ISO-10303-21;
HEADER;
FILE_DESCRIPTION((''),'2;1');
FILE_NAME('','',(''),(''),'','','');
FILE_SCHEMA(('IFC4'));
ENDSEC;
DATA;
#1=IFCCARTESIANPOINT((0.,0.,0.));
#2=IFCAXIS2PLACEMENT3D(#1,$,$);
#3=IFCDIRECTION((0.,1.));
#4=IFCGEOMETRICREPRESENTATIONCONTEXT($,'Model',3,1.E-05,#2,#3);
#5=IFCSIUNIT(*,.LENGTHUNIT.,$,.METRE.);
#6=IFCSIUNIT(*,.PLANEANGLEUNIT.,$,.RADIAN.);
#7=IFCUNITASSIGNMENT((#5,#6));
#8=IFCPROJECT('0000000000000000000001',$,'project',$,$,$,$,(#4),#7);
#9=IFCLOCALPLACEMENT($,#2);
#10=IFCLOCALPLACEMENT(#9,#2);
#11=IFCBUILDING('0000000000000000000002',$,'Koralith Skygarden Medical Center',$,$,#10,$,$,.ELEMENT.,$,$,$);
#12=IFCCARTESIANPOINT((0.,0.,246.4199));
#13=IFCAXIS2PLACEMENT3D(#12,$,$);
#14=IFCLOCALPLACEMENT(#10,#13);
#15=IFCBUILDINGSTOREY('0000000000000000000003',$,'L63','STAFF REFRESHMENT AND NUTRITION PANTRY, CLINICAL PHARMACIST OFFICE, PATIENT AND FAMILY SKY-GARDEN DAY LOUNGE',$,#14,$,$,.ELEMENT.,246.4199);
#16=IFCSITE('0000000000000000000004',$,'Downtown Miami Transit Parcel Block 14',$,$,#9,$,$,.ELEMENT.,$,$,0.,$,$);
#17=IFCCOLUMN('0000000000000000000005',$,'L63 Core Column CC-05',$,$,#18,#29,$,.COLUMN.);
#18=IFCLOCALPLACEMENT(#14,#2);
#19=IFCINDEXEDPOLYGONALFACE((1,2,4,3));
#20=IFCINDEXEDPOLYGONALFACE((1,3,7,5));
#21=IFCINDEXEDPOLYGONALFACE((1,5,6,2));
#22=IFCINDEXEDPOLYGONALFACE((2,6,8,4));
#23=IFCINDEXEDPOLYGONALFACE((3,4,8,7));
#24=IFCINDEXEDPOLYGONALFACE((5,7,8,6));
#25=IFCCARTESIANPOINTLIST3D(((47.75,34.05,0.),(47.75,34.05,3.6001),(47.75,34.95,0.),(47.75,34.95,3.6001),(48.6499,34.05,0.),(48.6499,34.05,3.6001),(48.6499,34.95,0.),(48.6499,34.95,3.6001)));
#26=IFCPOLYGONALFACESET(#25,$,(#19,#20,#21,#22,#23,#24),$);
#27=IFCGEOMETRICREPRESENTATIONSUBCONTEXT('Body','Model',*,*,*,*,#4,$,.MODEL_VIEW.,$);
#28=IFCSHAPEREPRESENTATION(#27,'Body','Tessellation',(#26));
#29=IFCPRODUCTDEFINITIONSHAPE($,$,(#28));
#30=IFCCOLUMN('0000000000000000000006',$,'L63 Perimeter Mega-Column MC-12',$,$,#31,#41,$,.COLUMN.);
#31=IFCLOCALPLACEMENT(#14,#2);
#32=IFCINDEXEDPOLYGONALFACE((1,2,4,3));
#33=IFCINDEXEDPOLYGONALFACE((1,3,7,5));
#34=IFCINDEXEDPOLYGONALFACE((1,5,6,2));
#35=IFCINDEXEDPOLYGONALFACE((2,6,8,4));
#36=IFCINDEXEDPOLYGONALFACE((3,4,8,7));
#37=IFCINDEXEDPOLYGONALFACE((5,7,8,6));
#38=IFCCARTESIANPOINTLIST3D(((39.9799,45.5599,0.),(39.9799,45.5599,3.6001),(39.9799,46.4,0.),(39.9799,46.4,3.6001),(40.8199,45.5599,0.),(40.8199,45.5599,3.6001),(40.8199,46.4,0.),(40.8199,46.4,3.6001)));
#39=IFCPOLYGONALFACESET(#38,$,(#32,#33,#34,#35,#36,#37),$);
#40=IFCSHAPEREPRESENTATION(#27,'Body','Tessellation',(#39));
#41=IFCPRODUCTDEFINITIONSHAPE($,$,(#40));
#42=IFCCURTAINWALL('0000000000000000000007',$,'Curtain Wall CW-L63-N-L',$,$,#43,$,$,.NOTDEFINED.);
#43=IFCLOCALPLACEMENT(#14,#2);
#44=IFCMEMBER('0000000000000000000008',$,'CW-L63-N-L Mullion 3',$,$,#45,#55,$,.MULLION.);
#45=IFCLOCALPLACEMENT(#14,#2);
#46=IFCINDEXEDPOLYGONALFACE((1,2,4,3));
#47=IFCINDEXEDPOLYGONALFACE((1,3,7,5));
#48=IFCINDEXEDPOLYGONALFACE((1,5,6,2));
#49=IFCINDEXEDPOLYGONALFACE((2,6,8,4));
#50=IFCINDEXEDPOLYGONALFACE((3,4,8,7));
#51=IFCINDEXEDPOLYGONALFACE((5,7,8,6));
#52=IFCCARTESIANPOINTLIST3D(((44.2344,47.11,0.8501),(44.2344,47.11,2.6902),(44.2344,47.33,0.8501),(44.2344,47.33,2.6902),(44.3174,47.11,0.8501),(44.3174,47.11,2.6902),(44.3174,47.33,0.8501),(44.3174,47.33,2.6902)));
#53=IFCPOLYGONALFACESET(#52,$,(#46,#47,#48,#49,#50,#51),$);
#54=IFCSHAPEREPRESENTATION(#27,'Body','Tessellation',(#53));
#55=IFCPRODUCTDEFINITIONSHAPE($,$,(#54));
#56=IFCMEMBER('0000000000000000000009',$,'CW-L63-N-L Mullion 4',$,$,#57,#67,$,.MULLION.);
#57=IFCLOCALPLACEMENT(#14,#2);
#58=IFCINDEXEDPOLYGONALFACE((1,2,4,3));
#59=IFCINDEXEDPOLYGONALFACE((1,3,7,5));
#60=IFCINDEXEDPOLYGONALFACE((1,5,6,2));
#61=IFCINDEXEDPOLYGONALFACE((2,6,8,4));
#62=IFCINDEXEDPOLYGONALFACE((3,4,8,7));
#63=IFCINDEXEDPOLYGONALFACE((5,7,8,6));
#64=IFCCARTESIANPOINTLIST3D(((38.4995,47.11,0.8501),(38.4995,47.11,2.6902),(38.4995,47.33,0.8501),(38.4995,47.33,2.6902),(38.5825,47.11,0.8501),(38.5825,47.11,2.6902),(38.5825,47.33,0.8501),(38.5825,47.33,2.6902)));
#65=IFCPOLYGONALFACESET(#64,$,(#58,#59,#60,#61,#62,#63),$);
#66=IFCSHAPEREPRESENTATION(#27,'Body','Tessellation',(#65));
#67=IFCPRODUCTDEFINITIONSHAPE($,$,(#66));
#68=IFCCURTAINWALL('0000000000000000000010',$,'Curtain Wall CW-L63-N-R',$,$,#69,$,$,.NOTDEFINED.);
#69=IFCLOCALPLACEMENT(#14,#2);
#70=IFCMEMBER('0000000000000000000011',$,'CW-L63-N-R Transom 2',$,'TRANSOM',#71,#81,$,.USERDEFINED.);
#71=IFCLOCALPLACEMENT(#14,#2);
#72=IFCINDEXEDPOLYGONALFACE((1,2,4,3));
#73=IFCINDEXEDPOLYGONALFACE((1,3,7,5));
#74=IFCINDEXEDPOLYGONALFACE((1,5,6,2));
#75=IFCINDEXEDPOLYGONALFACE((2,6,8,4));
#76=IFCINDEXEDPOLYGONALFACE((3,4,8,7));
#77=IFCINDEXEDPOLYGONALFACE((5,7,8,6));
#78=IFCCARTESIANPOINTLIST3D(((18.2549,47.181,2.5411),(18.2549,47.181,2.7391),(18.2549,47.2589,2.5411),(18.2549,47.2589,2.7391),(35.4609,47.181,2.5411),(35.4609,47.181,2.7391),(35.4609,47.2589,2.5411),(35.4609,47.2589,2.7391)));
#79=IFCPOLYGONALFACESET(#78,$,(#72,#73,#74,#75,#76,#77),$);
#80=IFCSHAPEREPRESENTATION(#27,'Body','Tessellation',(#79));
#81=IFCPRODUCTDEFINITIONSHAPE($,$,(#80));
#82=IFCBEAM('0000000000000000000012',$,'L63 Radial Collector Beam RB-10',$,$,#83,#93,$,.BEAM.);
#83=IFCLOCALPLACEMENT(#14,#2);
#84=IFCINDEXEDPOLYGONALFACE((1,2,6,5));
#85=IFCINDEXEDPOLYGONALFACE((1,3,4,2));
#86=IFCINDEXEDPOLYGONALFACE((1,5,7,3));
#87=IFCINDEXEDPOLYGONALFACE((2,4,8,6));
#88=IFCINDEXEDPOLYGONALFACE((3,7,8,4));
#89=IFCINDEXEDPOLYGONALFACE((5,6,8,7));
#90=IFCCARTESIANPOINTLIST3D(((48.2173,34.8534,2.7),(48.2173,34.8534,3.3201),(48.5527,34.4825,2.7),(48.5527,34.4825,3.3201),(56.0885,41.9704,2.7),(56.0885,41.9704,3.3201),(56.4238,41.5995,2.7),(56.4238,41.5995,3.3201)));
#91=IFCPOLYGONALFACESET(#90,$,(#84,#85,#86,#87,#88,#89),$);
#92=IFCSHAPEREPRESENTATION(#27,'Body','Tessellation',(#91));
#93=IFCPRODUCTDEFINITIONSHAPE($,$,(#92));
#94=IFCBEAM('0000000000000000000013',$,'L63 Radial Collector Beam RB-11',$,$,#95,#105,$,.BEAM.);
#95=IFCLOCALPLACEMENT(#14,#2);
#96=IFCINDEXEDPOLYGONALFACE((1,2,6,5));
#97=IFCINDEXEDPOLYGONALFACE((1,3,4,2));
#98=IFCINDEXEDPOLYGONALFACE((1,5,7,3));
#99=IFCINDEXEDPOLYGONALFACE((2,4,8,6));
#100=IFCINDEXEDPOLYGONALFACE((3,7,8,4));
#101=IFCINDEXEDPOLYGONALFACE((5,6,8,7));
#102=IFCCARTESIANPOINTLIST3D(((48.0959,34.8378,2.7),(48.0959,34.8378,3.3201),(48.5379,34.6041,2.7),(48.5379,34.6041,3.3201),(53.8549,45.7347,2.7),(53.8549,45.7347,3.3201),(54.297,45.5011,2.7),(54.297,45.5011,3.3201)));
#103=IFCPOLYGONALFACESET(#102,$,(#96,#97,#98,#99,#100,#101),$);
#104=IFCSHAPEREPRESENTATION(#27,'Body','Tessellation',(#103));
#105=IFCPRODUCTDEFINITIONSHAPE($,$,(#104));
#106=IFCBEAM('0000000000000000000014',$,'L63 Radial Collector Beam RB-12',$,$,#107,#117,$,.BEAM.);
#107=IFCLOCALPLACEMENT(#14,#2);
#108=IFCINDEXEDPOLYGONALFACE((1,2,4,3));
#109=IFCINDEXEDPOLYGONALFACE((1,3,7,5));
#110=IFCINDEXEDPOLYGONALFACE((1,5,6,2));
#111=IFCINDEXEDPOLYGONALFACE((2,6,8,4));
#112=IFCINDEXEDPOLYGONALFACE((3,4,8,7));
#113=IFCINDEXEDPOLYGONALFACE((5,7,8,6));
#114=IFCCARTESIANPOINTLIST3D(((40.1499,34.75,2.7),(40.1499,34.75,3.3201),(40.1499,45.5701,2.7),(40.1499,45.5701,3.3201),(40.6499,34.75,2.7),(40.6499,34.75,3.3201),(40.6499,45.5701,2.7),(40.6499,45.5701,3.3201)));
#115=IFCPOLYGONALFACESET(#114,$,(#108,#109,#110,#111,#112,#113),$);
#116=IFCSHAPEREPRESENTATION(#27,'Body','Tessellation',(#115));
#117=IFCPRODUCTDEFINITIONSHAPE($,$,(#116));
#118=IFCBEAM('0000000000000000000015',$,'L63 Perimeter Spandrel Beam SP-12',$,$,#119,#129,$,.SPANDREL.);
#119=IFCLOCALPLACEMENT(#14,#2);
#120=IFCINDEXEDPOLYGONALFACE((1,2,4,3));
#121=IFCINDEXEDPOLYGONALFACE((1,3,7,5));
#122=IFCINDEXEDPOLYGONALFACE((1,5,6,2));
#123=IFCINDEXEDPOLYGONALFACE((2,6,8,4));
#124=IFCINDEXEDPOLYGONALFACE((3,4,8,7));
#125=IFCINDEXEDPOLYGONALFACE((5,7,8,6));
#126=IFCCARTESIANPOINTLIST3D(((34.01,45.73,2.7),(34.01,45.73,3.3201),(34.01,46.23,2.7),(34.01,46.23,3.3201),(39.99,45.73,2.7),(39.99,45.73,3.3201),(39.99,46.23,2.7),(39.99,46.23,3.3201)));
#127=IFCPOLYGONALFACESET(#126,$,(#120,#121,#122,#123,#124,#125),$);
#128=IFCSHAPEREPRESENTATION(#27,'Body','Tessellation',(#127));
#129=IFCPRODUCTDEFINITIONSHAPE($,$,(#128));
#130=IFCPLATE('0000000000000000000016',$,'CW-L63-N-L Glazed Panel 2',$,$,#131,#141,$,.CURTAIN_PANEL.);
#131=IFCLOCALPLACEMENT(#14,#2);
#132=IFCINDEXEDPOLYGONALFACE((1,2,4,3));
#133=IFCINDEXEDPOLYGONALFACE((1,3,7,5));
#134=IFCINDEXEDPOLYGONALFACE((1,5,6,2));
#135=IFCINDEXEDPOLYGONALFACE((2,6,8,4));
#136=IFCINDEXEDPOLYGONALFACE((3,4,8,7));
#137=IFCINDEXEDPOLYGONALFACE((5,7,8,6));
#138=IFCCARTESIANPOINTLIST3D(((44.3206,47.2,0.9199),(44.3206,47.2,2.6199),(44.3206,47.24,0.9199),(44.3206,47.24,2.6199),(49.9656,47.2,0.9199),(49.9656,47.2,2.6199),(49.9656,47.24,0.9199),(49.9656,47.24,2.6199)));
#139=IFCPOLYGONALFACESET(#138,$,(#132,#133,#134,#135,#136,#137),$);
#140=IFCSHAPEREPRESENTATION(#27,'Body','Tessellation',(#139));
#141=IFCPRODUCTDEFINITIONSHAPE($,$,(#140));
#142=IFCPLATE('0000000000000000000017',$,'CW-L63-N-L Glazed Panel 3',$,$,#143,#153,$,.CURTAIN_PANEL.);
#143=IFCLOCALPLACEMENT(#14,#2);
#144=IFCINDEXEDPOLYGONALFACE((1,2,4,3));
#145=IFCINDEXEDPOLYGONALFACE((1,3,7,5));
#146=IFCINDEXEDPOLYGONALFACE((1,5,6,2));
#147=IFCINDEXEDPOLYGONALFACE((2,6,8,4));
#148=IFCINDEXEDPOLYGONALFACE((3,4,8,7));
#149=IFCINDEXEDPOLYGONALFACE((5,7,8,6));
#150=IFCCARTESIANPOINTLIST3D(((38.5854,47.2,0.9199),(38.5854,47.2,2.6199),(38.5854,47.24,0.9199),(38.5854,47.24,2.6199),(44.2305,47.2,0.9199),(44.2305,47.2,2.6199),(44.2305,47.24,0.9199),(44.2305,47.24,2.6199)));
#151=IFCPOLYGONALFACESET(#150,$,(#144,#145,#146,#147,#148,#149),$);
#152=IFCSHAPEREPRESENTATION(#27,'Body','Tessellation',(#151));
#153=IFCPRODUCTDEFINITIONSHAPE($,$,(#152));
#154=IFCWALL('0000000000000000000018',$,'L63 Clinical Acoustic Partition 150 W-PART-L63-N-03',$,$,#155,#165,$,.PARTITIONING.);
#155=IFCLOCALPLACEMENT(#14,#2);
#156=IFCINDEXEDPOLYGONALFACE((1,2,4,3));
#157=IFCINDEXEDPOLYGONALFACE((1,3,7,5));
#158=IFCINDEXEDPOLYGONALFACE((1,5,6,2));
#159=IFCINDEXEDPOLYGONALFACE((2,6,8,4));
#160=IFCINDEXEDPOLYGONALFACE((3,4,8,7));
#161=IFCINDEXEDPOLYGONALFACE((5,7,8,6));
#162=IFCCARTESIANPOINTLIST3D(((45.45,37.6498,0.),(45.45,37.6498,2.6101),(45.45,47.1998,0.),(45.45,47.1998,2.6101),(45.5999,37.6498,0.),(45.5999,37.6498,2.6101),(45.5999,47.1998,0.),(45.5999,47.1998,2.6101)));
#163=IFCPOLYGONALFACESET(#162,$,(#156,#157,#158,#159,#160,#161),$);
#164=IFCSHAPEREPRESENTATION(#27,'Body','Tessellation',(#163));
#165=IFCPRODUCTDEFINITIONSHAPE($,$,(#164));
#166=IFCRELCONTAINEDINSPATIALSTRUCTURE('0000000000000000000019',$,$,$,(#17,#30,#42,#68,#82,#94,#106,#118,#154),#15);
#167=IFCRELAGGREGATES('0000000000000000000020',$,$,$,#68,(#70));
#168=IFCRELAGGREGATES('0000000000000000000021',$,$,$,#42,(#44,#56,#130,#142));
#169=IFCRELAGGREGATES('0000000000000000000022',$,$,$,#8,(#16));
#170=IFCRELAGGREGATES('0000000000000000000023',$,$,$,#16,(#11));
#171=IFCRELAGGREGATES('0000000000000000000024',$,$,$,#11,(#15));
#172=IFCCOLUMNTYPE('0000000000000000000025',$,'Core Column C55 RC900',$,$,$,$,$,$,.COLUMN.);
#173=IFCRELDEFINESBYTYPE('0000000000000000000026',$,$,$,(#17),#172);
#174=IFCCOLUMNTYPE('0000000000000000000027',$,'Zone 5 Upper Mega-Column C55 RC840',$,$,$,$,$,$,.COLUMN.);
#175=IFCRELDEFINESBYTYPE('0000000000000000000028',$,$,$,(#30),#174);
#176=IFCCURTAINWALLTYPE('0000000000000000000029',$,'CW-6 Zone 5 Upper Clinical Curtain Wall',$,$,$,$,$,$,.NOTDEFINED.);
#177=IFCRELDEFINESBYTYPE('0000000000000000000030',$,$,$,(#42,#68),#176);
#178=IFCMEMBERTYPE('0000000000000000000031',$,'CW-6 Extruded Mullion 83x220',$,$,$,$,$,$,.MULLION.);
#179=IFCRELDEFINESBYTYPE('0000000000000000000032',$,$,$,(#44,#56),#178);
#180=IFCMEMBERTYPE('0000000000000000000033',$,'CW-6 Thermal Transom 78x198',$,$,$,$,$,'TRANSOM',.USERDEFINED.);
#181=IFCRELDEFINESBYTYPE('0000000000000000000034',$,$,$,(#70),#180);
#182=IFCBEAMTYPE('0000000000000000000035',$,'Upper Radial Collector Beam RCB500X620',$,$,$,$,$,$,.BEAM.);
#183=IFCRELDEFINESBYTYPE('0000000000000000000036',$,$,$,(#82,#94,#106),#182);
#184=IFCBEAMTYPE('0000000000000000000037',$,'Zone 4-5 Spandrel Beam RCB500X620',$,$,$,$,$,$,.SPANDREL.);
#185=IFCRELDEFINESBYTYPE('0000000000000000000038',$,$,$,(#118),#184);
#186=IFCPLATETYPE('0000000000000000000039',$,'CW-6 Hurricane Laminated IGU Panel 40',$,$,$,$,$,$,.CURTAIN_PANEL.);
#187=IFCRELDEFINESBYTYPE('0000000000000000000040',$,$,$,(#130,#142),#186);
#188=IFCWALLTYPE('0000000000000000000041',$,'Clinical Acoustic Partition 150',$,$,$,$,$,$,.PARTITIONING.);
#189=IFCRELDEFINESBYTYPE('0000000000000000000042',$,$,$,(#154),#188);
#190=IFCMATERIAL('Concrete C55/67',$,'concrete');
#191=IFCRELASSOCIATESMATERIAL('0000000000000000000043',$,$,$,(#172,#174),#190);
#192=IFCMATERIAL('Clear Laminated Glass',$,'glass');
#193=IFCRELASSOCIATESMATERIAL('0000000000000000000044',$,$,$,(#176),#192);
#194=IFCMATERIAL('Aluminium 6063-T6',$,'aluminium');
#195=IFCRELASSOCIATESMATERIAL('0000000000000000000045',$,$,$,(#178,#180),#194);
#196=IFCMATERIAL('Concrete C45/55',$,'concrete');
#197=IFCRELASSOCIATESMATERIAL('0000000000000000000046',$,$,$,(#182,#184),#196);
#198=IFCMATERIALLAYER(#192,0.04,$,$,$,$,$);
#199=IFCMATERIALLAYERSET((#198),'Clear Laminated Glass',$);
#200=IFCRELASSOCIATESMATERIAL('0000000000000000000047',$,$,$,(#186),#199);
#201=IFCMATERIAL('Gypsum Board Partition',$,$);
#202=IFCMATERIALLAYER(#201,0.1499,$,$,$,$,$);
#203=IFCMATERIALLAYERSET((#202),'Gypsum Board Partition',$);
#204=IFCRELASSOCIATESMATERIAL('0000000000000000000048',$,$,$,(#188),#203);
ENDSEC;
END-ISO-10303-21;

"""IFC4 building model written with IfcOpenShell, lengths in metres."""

from ifc_helpers import new_model, si_unit, direction, frame, frame_2d, origin, origin_2d, place, context, subcontext, project, spatial, rectangle, extrude, material, layer, layer_set, material_profile, profile_set, type_object, element, aggregate, save


model = new_model("IFC4")

# Units and contexts
model_context = context("Model", 3, precision=1e-05, world=origin(), true_north=direction((0.0, 1.0)))
body_context = subcontext(model_context, "Body", "Model", "MODEL_VIEW")
ifc_project = project(units=[si_unit("LENGTHUNIT", "METRE"), si_unit("PLANEANGLEUNIT", "RADIAN")], contexts=[model_context])

# Site, building, storey
site_placement = place(None, origin())
site = spatial("IfcSite", under=ifc_project, at=site_placement, Name="Downtown Miami Transit Parcel Block 14", CompositionType="ELEMENT", RefElevation=0.0)
building_placement = place(site_placement, origin())
building = spatial("IfcBuilding", under=site, at=building_placement, Name="Koralith Skygarden Medical Center", CompositionType="ELEMENT")
storey_placement = place(building_placement, frame((0.0, 0.0, 246.4199)))
storey = spatial("IfcBuildingStorey", under=building, at=storey_placement, Name="L63", Description="STAFF REFRESHMENT AND NUTRITION PANTRY, CLINICAL PHARMACIST OFFICE, PATIENT AND FAMILY SKY-GARDEN DAY LOUNGE", CompositionType="ELEMENT", Elevation=246.4199)

# Columns
ifc_material_1 = material(Name="Concrete C55/67", Category="concrete")
ifc_material_profile_1 = material_profile(ifc_material_1, rectangle(XDim=0.8999, YDim=0.8999, at=origin_2d()), Name="RC900X900")
ifc_profile_set_1 = profile_set([ifc_material_profile_1], Name="Concrete C55/67")
column_type_1 = type_object("IfcColumnType", Name="Core Column C55 RC900", PredefinedType="COLUMN", material=ifc_profile_set_1)
column_1_placement = place(storey_placement, frame((48.2, 34.5, 0.0), z_axis=(0.0, 0.0, 1.0), x_axis=(1.0, 0.0, 0.0)))
element("IfcColumn", 1, at=column_1_placement, inside=storey, type_object=column_type_1, Name="L63 Core Column CC-05", PredefinedType="COLUMN", context=body_context, shape_type="SweptSolid", body=[
    extrude(rectangle(XDim=0.8999, YDim=0.8999, at=origin_2d()), origin(), (0.0, 0.0, 1.0), 3.6001),
])
ifc_material_profile_2 = material_profile(ifc_material_1, rectangle(XDim=0.8401, YDim=0.8401, at=origin_2d()), Name="RC840X840")
ifc_profile_set_2 = profile_set([ifc_material_profile_2], Name="Concrete C55/67")
column_type_2 = type_object("IfcColumnType", Name="Zone 5 Upper Mega-Column C55 RC840", PredefinedType="COLUMN", material=ifc_profile_set_2)
column_2_placement = place(storey_placement, frame((40.3999, 45.98, 0.0), z_axis=(0.0, 0.0, 1.0), x_axis=(1.0, 0.0, 0.0)))
element("IfcColumn", 2, at=column_2_placement, inside=storey, type_object=column_type_2, Name="L63 Perimeter Mega-Column MC-12", PredefinedType="COLUMN", context=body_context, shape_type="SweptSolid", body=[
    extrude(rectangle(XDim=0.8401, YDim=0.8401, at=origin_2d()), origin(), (0.0, 0.0, 1.0), 3.6001),
])

# Curtain wall, members
ifc_material_2 = material(Name="Clear Laminated Glass", Category="glass")
curtain_wall_type = type_object("IfcCurtainWallType", Name="CW-6 Zone 5 Upper Clinical Curtain Wall", PredefinedType="NOTDEFINED", material=ifc_material_2)
curtain_wall_1_placement = place(storey_placement, origin())
curtain_wall_1 = element("IfcCurtainWall", 3, at=curtain_wall_1_placement, inside=storey, type_object=curtain_wall_type, Name="Curtain Wall CW-L63-N-L", PredefinedType="NOTDEFINED")
ifc_material_3 = material(Name="Aluminium 6063-T6", Category="aluminium")
ifc_material_profile_3 = material_profile(ifc_material_3, rectangle(XDim=0.083, YDim=0.22, at=origin_2d()), Name="MUL83X220")
ifc_profile_set_3 = profile_set([ifc_material_profile_3], Name="Aluminium 6063-T6")
member_type_1 = type_object("IfcMemberType", Name="CW-6 Extruded Mullion 83x220", PredefinedType="MULLION", material=ifc_profile_set_3)
member_1_placement = place(storey_placement, frame((44.2759, 47.22, 0.8501), z_axis=(0.0, 0.0, 1.0), x_axis=(1.0, 0.0, 0.0)))
member_1 = element("IfcMember", 4, at=member_1_placement, type_object=member_type_1, Name="CW-L63-N-L Mullion 3", PredefinedType="MULLION", context=body_context, shape_type="SweptSolid", body=[
    extrude(rectangle(XDim=0.083, YDim=0.22, at=origin_2d()), origin(), (0.0, 0.0, 1.0), 1.8401),
])
member_2_placement = place(storey_placement, frame((38.541, 47.22, 0.8501), z_axis=(0.0, 0.0, 1.0), x_axis=(1.0, 0.0, 0.0)))
member_2 = element("IfcMember", 5, at=member_2_placement, type_object=member_type_1, Name="CW-L63-N-L Mullion 4", PredefinedType="MULLION", context=body_context, shape_type="SweptSolid", body=[
    extrude(rectangle(XDim=0.083, YDim=0.22, at=origin_2d()), origin(), (0.0, 0.0, 1.0), 1.8401),
])

# Curtain wall, member
curtain_wall_2_placement = place(storey_placement, origin())
curtain_wall_2 = element("IfcCurtainWall", 6, at=curtain_wall_2_placement, inside=storey, type_object=curtain_wall_type, Name="Curtain Wall CW-L63-N-R", PredefinedType="NOTDEFINED")
ifc_material_profile_4 = material_profile(ifc_material_3, rectangle(XDim=0.0779, YDim=0.198, at=origin_2d()), Name="TRN78X198")
ifc_profile_set_4 = profile_set([ifc_material_profile_4], Name="Aluminium 6063-T6")
member_type_2 = type_object("IfcMemberType", Name="CW-6 Thermal Transom 78x198", ElementType="TRANSOM", PredefinedType="USERDEFINED", material=ifc_profile_set_4)
member_3_placement = place(storey_placement, frame((35.4609, 47.22, 2.6401), z_axis=(-1.0, 0.0, 0.0), x_axis=(0.0, -1.0, 0.0)))
member_3 = element("IfcMember", 7, at=member_3_placement, type_object=member_type_2, Name="CW-L63-N-R Transom 2", ObjectType="TRANSOM", PredefinedType="USERDEFINED", context=body_context, shape_type="SweptSolid", body=[
    extrude(rectangle(XDim=0.0779, YDim=0.198, at=origin_2d()), origin(), (0.0, 0.0, 1.0), 17.2061),
])
aggregate(curtain_wall_2, [member_3])

# Beams
ifc_material_4 = material(Name="Concrete C45/55", Category="concrete")
ifc_material_profile_5 = material_profile(ifc_material_4, rectangle(XDim=0.5, YDim=0.6201, at=origin_2d()), Name="RCB500X620")
ifc_profile_set_5 = profile_set([ifc_material_profile_5], Name="Concrete C45/55")
beam_type_1 = type_object("IfcBeamType", Name="Upper Radial Collector Beam RCB500X620", PredefinedType="BEAM", material=ifc_profile_set_5)
beam_1_placement = place(storey_placement, frame((48.385, 34.668, 3.01), z_axis=(0.741748, 0.670679, 0.0), x_axis=(-0.670679, 0.741748, 0.0)))
element("IfcBeam", 8, at=beam_1_placement, inside=storey, type_object=beam_type_1, Name="L63 Radial Collector Beam RB-10", PredefinedType="BEAM", context=body_context, shape_type="SweptSolid", body=[
    extrude(rectangle(XDim=0.5, YDim=0.6201, at=origin_2d()), origin(), (0.0, 0.0, 1.0), 10.6116),
])
beam_2_placement = place(storey_placement, frame((48.3169, 34.7209, 3.01), z_axis=(0.467257, 0.884122, 0.0), x_axis=(-0.884122, 0.467257, 0.0)))
element("IfcBeam", 9, at=beam_2_placement, inside=storey, type_object=beam_type_1, Name="L63 Radial Collector Beam RB-11", PredefinedType="BEAM", context=body_context, shape_type="SweptSolid", body=[
    extrude(rectangle(XDim=0.5, YDim=0.6201, at=origin_2d()), origin(), (0.0, 0.0, 1.0), 12.3252),
])
beam_3_placement = place(storey_placement, frame((40.3999, 34.75, 3.01), z_axis=(0.0, 1.0, 0.0), x_axis=(-1.0, 0.0, 0.0)))
element("IfcBeam", 10, at=beam_3_placement, inside=storey, type_object=beam_type_1, Name="L63 Radial Collector Beam RB-12", PredefinedType="BEAM", context=body_context, shape_type="SweptSolid", body=[
    extrude(rectangle(XDim=0.5, YDim=0.6201, at=origin_2d()), origin(), (0.0, 0.0, 1.0), 10.8201),
])
ifc_material_profile_6 = material_profile(ifc_material_4, rectangle(XDim=0.5, YDim=0.6201, at=origin_2d()), Name="RCB500X620")
ifc_profile_set_6 = profile_set([ifc_material_profile_6], Name="Concrete C45/55")
beam_type_2 = type_object("IfcBeamType", Name="Zone 4-5 Spandrel Beam RCB500X620", PredefinedType="SPANDREL", material=ifc_profile_set_6)
beam_4_placement = place(storey_placement, frame((39.99, 45.98, 3.01), z_axis=(-1.0, 0.0, 0.0), x_axis=(0.0, -1.0, 0.0)))
element("IfcBeam", 11, at=beam_4_placement, inside=storey, type_object=beam_type_2, Name="L63 Perimeter Spandrel Beam SP-12", PredefinedType="SPANDREL", context=body_context, shape_type="SweptSolid", body=[
    extrude(rectangle(XDim=0.5, YDim=0.6201, at=origin_2d()), origin(), (0.0, 0.0, 1.0), 5.98),
])

# Plates
ifc_layer_1 = layer(ifc_material_2, 0.04)
ifc_layer_set_1 = layer_set([ifc_layer_1], Name="Clear Laminated Glass")
plate_type = type_object("IfcPlateType", Name="CW-6 Hurricane Laminated IGU Panel 40", PredefinedType="CURTAIN_PANEL", material=ifc_layer_set_1)
plate_1_placement = place(storey_placement, frame((47.1431, 47.22, 0.9199), z_axis=(0.0, 0.0, 1.0), x_axis=(-1.0, 0.0, 0.0)))
plate_1 = element("IfcPlate", 12, at=plate_1_placement, type_object=plate_type, Name="CW-L63-N-L Glazed Panel 2", PredefinedType="CURTAIN_PANEL", context=body_context, shape_type="SweptSolid", body=[
    extrude(rectangle(XDim=5.645, YDim=0.04, at=origin_2d()), origin(), (0.0, 0.0, 1.0), 1.7),
])
plate_2_placement = place(storey_placement, frame((41.408, 47.22, 0.9199), z_axis=(0.0, 0.0, 1.0), x_axis=(-1.0, 0.0, 0.0)))
plate_2 = element("IfcPlate", 13, at=plate_2_placement, type_object=plate_type, Name="CW-L63-N-L Glazed Panel 3", PredefinedType="CURTAIN_PANEL", context=body_context, shape_type="SweptSolid", body=[
    extrude(rectangle(XDim=5.645, YDim=0.04, at=origin_2d()), origin(), (0.0, 0.0, 1.0), 1.7),
])
aggregate(curtain_wall_1, [member_1, member_2, plate_1, plate_2])

# Wall
ifc_material_5 = material(Name="Gypsum Board Partition")
ifc_layer_2 = layer(ifc_material_5, 0.1499)
ifc_layer_set_2 = layer_set([ifc_layer_2], Name="Gypsum Board Partition")
wall_type_1 = type_object("IfcWallType", Name="Clinical Acoustic Partition 150", PredefinedType="PARTITIONING", material=ifc_layer_set_2)
wall_1_placement = place(storey_placement, frame((45.5249, 37.6499, 0.0), z_axis=(0.0, 0.0, 1.0), x_axis=(0.0, 1.0, 0.0)))
element("IfcWall", 14, at=wall_1_placement, inside=storey, type_object=wall_type_1, Name="L63 Clinical Acoustic Partition 150 W-PART-L63-N-03", PredefinedType="PARTITIONING", context=body_context, shape_type="SweptSolid", body=[
    extrude(rectangle(XDim=9.55, YDim=0.1499, at=frame_2d((4.7749, 0.0))), origin(), (0.0, 0.0, 1.0), 2.6101),
])

save(model, "model.ifc")
